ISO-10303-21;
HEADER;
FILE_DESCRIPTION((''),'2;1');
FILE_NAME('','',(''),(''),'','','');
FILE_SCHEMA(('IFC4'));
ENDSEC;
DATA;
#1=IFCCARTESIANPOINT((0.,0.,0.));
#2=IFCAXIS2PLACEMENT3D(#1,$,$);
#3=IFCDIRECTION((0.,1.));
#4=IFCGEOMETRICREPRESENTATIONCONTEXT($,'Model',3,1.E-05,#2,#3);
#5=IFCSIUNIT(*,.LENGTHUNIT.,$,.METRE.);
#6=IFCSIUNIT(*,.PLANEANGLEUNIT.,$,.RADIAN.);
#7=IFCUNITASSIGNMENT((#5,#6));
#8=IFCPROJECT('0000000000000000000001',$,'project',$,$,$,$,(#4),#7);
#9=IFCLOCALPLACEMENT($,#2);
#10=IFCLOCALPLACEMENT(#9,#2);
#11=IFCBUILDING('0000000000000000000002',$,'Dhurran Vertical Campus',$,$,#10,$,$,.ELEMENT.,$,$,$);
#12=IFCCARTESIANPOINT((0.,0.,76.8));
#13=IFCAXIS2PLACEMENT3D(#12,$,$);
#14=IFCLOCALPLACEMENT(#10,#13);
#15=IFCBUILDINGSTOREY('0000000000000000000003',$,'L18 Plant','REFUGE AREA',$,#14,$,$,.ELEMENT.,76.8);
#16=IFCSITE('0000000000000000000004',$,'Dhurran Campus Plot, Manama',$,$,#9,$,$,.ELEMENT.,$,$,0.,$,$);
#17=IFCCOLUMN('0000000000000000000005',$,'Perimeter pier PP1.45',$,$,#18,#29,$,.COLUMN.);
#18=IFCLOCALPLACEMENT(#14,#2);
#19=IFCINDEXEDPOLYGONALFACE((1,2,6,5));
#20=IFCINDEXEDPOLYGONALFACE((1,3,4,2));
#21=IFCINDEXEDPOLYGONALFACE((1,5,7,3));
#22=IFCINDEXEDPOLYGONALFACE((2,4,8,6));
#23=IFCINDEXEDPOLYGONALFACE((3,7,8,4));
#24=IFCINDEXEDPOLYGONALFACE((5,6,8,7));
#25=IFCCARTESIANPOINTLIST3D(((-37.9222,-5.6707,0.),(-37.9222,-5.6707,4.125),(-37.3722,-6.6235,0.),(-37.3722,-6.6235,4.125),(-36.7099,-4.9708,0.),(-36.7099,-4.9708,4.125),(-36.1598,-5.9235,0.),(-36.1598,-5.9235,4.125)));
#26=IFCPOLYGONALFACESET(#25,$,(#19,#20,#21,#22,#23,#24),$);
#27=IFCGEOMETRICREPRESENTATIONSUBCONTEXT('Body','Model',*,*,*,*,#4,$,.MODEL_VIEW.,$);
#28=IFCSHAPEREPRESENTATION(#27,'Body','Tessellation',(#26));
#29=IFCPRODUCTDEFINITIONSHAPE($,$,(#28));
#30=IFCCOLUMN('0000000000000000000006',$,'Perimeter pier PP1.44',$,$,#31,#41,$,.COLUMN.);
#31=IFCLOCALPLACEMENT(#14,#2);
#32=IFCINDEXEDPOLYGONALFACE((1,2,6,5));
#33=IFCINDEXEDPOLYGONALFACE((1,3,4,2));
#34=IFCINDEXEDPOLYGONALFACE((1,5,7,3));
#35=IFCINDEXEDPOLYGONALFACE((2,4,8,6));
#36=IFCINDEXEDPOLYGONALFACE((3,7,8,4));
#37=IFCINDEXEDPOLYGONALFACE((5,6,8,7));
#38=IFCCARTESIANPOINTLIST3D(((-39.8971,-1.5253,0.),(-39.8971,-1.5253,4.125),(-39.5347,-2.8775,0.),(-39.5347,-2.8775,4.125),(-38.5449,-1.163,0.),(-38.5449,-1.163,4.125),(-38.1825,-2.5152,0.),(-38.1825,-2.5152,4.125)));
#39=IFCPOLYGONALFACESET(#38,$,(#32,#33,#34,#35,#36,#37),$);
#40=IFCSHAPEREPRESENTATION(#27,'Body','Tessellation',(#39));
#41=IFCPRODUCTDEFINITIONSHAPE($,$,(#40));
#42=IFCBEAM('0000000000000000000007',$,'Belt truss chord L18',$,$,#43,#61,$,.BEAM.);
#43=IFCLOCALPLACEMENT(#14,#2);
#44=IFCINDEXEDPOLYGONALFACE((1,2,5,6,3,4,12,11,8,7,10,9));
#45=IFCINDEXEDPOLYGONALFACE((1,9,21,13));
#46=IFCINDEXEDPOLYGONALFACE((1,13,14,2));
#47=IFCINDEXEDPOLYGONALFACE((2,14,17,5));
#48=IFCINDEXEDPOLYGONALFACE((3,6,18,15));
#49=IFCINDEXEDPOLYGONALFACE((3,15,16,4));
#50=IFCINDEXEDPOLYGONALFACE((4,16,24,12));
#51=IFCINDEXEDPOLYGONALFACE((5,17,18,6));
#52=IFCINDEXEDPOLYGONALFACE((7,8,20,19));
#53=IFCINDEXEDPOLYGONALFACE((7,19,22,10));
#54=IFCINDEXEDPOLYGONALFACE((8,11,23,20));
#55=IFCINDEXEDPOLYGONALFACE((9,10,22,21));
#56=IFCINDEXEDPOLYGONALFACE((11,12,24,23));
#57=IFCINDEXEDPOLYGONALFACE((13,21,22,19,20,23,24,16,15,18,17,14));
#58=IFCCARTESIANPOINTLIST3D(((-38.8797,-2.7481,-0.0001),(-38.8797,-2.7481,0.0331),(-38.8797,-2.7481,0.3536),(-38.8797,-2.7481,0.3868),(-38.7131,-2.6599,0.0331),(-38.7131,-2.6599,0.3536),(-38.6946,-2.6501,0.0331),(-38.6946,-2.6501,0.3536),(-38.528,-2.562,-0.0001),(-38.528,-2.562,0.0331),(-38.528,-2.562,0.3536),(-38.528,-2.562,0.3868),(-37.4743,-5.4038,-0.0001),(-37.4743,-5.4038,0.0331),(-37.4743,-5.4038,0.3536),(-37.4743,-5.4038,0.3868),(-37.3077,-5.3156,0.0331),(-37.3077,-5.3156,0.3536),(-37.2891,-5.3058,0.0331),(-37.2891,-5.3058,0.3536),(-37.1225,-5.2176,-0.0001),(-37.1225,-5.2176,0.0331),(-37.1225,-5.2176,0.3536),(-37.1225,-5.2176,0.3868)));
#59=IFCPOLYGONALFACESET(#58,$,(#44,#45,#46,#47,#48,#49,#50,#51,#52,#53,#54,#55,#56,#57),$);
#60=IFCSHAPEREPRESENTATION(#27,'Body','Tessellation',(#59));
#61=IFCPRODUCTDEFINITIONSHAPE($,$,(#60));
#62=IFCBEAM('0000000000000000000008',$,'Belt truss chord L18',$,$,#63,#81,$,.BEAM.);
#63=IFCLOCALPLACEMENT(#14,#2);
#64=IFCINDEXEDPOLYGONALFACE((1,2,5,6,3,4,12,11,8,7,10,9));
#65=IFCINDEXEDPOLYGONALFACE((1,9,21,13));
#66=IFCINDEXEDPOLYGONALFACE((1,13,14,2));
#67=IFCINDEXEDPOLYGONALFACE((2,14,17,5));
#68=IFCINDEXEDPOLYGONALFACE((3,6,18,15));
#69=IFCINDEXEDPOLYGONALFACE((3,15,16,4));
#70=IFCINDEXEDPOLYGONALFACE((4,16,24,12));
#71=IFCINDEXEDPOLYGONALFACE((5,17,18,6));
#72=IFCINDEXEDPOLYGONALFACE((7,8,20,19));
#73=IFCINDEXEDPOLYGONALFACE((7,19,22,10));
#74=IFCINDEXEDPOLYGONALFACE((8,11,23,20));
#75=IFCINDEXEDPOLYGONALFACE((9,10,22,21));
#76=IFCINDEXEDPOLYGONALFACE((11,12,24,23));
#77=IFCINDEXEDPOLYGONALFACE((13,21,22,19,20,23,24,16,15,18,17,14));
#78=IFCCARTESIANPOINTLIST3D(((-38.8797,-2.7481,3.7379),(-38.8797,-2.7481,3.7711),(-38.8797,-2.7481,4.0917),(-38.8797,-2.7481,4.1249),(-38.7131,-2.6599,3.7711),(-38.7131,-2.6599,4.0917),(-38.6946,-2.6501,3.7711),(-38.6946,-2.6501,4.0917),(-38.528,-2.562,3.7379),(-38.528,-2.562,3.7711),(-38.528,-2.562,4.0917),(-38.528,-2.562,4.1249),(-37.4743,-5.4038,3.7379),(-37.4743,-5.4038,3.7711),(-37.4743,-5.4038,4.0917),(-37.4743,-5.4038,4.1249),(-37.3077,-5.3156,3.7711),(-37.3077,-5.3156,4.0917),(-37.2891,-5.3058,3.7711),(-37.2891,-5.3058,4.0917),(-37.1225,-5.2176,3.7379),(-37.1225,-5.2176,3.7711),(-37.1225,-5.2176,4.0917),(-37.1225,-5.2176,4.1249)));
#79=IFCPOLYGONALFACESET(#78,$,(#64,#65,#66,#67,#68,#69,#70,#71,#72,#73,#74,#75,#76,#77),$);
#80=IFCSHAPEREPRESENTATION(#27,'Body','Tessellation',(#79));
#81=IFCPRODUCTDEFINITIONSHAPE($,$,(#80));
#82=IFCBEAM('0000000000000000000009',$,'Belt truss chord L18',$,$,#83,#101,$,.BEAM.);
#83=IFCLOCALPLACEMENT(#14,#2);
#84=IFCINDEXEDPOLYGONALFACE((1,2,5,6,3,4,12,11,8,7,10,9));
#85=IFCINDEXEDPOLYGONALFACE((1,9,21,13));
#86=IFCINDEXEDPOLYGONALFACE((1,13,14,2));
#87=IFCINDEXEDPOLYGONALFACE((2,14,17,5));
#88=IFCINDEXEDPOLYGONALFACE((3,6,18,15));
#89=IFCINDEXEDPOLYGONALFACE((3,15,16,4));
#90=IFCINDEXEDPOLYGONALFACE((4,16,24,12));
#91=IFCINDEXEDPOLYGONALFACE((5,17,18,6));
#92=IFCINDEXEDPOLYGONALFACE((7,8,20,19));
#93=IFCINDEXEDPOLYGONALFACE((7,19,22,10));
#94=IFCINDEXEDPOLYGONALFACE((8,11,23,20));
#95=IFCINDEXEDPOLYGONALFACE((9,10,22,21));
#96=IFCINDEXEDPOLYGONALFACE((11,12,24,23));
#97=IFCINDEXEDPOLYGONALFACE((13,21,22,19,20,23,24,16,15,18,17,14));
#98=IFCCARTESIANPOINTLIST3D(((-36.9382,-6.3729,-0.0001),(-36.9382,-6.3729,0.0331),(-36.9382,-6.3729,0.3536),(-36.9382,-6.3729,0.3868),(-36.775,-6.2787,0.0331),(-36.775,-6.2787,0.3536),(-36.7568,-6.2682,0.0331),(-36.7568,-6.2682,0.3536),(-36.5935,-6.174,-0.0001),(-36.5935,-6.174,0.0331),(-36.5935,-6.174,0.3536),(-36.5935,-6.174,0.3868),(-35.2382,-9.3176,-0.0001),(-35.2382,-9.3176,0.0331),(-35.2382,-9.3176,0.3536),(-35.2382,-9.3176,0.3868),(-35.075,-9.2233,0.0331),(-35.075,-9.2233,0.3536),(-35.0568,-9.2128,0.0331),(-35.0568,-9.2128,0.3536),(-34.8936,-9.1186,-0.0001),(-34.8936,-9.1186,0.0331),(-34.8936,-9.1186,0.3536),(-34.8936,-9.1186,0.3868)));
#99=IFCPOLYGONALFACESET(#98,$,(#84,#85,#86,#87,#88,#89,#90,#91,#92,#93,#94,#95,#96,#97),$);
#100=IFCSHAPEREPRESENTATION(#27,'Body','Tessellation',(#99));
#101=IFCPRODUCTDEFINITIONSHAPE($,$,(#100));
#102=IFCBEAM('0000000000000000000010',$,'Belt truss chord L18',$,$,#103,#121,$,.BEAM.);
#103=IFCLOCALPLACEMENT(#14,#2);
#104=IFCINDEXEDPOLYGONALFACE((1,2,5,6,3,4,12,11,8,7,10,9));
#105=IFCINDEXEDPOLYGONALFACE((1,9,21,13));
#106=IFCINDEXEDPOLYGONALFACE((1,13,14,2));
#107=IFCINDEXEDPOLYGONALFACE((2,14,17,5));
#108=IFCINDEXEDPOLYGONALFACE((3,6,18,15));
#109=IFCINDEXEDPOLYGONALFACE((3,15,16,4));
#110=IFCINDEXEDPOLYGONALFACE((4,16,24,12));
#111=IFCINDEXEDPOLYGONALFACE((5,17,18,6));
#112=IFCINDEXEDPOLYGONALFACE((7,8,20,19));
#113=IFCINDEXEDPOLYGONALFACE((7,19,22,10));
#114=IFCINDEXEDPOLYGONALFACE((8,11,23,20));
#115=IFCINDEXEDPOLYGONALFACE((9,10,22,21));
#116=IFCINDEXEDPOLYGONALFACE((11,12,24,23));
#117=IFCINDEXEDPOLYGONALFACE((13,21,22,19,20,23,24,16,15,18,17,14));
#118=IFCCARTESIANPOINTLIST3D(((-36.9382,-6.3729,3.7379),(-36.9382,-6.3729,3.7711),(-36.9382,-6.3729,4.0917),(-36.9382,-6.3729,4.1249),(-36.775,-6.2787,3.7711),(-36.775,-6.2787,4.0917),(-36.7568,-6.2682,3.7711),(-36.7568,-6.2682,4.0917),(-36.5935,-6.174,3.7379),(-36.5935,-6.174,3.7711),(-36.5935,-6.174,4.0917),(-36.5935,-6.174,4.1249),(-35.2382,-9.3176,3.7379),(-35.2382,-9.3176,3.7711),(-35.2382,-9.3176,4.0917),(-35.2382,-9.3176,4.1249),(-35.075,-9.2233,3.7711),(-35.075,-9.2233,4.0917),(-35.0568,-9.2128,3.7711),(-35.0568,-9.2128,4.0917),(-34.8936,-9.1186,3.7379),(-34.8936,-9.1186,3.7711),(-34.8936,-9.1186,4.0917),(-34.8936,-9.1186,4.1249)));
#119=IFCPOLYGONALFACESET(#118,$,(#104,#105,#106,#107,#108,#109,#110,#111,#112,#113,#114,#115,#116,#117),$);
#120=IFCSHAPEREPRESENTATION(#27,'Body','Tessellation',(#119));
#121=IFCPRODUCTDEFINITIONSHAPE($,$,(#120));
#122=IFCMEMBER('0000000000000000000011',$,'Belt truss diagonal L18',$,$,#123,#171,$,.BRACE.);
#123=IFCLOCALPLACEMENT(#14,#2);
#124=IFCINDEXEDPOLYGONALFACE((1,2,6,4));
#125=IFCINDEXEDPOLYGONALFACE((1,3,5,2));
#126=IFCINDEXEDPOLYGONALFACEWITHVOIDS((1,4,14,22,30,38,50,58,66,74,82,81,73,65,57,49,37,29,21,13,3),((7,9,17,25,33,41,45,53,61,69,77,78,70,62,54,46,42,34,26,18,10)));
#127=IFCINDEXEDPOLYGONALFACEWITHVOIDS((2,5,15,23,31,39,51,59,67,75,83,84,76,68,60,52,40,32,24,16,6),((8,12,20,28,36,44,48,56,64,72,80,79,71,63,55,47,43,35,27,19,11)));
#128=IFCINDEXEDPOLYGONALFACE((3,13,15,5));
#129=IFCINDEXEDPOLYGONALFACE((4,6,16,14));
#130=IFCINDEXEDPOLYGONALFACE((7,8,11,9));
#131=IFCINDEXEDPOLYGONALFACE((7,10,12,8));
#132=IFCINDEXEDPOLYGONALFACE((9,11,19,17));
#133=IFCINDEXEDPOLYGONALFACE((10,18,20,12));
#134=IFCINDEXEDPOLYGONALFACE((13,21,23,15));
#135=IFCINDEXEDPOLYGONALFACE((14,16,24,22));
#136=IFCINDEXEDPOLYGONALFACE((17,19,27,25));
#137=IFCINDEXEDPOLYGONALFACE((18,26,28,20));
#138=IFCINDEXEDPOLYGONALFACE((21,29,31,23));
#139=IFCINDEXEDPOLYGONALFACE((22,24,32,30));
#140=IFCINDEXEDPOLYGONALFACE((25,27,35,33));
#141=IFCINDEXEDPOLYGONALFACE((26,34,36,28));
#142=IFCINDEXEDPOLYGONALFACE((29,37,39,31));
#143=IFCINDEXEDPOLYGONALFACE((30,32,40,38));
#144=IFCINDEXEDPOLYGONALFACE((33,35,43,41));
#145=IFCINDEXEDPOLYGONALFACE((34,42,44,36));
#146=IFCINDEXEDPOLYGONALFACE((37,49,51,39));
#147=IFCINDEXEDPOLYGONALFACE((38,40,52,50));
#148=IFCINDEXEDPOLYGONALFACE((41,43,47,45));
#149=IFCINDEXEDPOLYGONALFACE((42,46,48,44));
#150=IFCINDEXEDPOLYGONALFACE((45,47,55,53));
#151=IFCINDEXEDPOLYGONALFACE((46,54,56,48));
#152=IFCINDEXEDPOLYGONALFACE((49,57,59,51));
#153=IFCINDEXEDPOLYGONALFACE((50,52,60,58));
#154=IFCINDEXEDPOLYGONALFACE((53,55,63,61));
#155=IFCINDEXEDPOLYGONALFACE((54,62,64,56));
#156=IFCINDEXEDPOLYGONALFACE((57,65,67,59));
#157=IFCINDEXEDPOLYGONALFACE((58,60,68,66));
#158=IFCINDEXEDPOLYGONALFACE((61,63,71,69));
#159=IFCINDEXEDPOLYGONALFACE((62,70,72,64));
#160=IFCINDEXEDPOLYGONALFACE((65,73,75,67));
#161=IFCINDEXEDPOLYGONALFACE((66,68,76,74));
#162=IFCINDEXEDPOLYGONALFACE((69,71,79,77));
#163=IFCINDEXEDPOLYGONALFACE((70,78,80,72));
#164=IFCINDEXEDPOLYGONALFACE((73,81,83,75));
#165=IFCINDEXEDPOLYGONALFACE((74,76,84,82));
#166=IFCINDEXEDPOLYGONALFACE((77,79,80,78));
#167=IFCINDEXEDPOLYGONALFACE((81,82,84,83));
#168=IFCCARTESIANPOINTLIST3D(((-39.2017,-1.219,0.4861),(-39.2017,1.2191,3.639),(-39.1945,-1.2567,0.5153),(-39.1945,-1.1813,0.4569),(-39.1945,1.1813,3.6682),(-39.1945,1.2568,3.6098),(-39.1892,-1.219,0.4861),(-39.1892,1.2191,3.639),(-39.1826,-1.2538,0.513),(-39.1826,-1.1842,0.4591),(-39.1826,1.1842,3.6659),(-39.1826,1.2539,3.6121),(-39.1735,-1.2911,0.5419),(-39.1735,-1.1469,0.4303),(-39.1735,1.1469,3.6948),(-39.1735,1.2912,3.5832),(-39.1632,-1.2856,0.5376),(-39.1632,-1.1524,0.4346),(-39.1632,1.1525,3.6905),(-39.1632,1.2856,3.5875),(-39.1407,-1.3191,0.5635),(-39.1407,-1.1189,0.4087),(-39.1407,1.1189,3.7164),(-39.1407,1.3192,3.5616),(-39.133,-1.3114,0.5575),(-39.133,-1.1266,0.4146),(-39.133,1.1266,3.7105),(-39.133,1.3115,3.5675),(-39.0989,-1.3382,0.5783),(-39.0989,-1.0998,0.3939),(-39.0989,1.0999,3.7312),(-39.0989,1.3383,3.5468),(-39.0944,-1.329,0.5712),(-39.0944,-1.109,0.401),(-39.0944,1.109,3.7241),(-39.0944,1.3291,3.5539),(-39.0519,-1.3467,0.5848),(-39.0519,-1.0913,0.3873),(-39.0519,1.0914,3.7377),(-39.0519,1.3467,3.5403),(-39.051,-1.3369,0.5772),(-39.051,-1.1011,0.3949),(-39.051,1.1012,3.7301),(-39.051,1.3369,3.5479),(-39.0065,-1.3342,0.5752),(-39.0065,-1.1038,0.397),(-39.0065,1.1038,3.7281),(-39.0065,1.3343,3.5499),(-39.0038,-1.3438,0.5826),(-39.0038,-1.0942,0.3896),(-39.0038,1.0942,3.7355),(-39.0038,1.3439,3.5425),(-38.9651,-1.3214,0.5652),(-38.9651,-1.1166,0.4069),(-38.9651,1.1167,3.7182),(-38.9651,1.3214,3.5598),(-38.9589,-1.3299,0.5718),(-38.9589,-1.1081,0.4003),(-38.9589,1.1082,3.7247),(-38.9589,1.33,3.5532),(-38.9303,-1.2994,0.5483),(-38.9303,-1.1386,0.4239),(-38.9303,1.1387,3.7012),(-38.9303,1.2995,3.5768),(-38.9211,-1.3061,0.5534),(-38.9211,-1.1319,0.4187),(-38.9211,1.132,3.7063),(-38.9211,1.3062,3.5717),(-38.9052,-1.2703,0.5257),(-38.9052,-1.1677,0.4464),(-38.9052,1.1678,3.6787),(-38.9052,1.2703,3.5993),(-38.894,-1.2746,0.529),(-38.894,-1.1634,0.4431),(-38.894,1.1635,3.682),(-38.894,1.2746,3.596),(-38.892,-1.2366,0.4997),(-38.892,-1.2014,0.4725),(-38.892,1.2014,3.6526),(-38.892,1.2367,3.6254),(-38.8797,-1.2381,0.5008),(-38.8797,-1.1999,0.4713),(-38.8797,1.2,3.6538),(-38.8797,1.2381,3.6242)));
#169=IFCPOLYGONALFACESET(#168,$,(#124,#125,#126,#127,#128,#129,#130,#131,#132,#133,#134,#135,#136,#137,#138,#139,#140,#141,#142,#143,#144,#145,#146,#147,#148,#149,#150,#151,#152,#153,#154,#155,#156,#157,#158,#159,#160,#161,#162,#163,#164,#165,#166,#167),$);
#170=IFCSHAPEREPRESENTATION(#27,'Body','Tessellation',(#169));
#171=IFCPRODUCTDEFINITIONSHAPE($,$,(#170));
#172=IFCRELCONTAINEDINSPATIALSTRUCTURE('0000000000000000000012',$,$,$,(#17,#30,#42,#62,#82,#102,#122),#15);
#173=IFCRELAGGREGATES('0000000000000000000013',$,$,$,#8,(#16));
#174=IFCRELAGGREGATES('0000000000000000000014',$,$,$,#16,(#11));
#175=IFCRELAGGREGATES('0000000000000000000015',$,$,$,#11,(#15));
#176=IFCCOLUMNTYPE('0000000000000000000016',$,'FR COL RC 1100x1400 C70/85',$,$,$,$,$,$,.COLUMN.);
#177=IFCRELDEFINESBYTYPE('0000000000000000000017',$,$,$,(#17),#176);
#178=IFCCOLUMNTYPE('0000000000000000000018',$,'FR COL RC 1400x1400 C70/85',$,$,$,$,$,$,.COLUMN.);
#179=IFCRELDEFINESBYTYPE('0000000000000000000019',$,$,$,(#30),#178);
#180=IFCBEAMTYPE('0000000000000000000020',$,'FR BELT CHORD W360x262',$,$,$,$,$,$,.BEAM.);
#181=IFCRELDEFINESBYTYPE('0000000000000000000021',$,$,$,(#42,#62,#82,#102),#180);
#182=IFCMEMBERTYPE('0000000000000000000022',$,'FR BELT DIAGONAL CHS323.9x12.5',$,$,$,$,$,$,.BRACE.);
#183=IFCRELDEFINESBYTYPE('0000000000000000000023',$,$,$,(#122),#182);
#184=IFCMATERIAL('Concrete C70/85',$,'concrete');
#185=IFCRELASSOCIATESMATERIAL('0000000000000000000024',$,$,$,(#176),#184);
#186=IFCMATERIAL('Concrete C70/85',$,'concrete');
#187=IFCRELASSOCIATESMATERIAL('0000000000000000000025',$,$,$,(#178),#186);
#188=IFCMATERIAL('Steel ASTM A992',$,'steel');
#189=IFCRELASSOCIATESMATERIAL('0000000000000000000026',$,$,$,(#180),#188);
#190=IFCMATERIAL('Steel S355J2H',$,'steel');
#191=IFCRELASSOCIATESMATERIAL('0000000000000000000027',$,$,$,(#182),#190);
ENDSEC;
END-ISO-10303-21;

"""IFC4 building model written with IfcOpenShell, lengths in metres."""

from ifc_helpers import new_model, si_unit, direction, frame, origin, origin_2d, place, context, subcontext, project, spatial, rectangle, hollow_circle, i_section, extrude, material, material_profile, profile_set, type_object, element, save


model = new_model("IFC4")

# Units and contexts
model_context = context("Model", 3, precision=1e-05, world=origin(), true_north=direction((0.0, 1.0)))
body_context = subcontext(model_context, "Body", "Model", "MODEL_VIEW")
ifc_project = project(units=[si_unit("LENGTHUNIT", "METRE"), si_unit("PLANEANGLEUNIT", "RADIAN")], contexts=[model_context])

# Site, building, storey
site_placement = place(None, origin())
site = spatial("IfcSite", under=ifc_project, at=site_placement, Name="Dhurran Campus Plot, Manama", CompositionType="ELEMENT", RefElevation=0.0)
building_placement = place(site_placement, origin())
building = spatial("IfcBuilding", under=site, at=building_placement, Name="Dhurran Vertical Campus", CompositionType="ELEMENT")
storey_placement = place(building_placement, frame((0.0, 0.0, 76.8)))
storey = spatial("IfcBuildingStorey", under=building, at=storey_placement, Name="L18 Plant", Description="REFUGE AREA", CompositionType="ELEMENT", Elevation=76.8)

# Columns
ifc_material_1 = material(Name="Concrete C70/85", Category="concrete")
ifc_material_profile_1 = material_profile(ifc_material_1, rectangle(XDim=1.1001, YDim=1.3999, at=origin_2d()), Name="RC 1100x1400")
ifc_profile_set_1 = profile_set([ifc_material_profile_1], Name="Concrete C70/85")
column_type_1 = type_object("IfcColumnType", Name="FR COL RC 1100x1400 C70/85", PredefinedType="COLUMN", material=ifc_profile_set_1)
column_1_placement = place(storey_placement, frame((-37.041, -5.7971, 0.0), z_axis=(0.0, 0.0, 1.0), x_axis=(0.5, -0.866025, 0.0)))
element("IfcColumn", 1, at=column_1_placement, inside=storey, type_object=column_type_1, Name="Perimeter pier PP1.45", PredefinedType="COLUMN", context=body_context, shape_type="SweptSolid", body=[
    extrude(rectangle(XDim=1.1001, YDim=1.3999, at=origin_2d()), origin(), (0.0, 0.0, 1.0), 4.125),
])
ifc_material_2 = material(Name="Concrete C70/85", Category="concrete")
ifc_material_profile_2 = material_profile(ifc_material_2, rectangle(XDim=1.3999, YDim=1.3999, at=origin_2d()), Name="RC 1400x1400")
ifc_profile_set_2 = profile_set([ifc_material_profile_2], Name="Concrete C70/85")
column_type_2 = type_object("IfcColumnType", Name="FR COL RC 1400x1400 C70/85", PredefinedType="COLUMN", material=ifc_profile_set_2)
column_2_placement = place(storey_placement, frame((-39.0398, -2.0203, 0.0), z_axis=(0.0, 0.0, 1.0), x_axis=(0.258819, -0.965926, 0.0)))
element("IfcColumn", 2, at=column_2_placement, inside=storey, type_object=column_type_2, Name="Perimeter pier PP1.44", PredefinedType="COLUMN", context=body_context, shape_type="SweptSolid", body=[
    extrude(rectangle(XDim=1.3999, YDim=1.3999, at=origin_2d()), origin(), (0.0, 0.0, 1.0), 4.125),
])

# Beams
ifc_material_3 = material(Name="Steel ASTM A992", Category="steel")
ifc_material_profile_3 = material_profile(ifc_material_3, i_section(OverallWidth=0.3979, OverallDepth=0.387, WebThickness=0.021, FlangeThickness=0.0332, at=origin_2d()), Name="W360x262")
ifc_profile_set_3 = profile_set([ifc_material_profile_3], Name="Steel ASTM A992")
beam_type = type_object("IfcBeamType", Name="FR BELT CHORD W360x262", PredefinedType="BEAM", material=ifc_profile_set_3)
for number, where, z_axis, x_axis, name in (
    (3, (-38.7039, -2.655, 0.1934), (0.467765, -0.883853, 0.0), (0.883853, 0.467765, 0.0), "Belt truss chord L18"),
    (4, (-38.7039, -2.655, 3.9314), (0.467765, -0.883853, 0.0), (0.883853, 0.467765, 0.0), "Belt truss chord L18"),
):
    element("IfcBeam", number, at=place(storey_placement, frame(where, z_axis=z_axis, x_axis=x_axis)), inside=storey, type_object=beam_type, Name=name, PredefinedType="BEAM", context=body_context, shape_type="SweptSolid", body=[
        extrude(i_section(OverallWidth=0.3979, OverallDepth=0.387, WebThickness=0.021, FlangeThickness=0.0332, at=origin_2d()), origin(), (0.0, 0.0, 1.0), 3.0046),
    ])
for number, where, z_axis, x_axis, name in (
    (5, (-36.7659, -6.2734, 0.1934), (0.499977, -0.866039, 0.0), (0.866039, 0.499977, 0.0), "Belt truss chord L18"),
    (6, (-36.7659, -6.2734, 3.9314), (0.499977, -0.866039, 0.0), (0.866039, 0.499977, 0.0), "Belt truss chord L18"),
):
    element("IfcBeam", number, at=place(storey_placement, frame(where, z_axis=z_axis, x_axis=x_axis)), inside=storey, type_object=beam_type, Name=name, PredefinedType="BEAM", context=body_context, shape_type="SweptSolid", body=[
        extrude(i_section(OverallWidth=0.3979, OverallDepth=0.387, WebThickness=0.021, FlangeThickness=0.0332, at=origin_2d()), origin(), (0.0, 0.0, 1.0), 3.4001),
    ])

# Member
ifc_material_4 = material(Name="Steel S355J2H", Category="steel")
ifc_material_profile_4 = material_profile(ifc_material_4, hollow_circle(Radius=0.1619, WallThickness=0.0125, at=origin_2d()), Name="CHS323.9x12.5")
ifc_profile_set_4 = profile_set([ifc_material_profile_4], Name="Steel S355J2H")
member_type = type_object("IfcMemberType", Name="FR BELT DIAGONAL CHS323.9x12.5", PredefinedType="BRACE", material=ifc_profile_set_4)
member_1_placement = place(storey_placement, frame((-39.0398, -1.219, 0.4861), z_axis=(0.0, 0.611716, 0.791077), x_axis=(-1.0, 0.0, 0.0)))
element("IfcMember", 7, at=member_1_placement, inside=storey, type_object=member_type, Name="Belt truss diagonal L18", PredefinedType="BRACE", context=body_context, shape_type="SweptSolid", body=[
    extrude(hollow_circle(Radius=0.1619, WallThickness=0.0125, at=origin_2d()), origin(), (0.0, 0.0, 1.0), 3.9856),
])

save(model, "model.ifc")
